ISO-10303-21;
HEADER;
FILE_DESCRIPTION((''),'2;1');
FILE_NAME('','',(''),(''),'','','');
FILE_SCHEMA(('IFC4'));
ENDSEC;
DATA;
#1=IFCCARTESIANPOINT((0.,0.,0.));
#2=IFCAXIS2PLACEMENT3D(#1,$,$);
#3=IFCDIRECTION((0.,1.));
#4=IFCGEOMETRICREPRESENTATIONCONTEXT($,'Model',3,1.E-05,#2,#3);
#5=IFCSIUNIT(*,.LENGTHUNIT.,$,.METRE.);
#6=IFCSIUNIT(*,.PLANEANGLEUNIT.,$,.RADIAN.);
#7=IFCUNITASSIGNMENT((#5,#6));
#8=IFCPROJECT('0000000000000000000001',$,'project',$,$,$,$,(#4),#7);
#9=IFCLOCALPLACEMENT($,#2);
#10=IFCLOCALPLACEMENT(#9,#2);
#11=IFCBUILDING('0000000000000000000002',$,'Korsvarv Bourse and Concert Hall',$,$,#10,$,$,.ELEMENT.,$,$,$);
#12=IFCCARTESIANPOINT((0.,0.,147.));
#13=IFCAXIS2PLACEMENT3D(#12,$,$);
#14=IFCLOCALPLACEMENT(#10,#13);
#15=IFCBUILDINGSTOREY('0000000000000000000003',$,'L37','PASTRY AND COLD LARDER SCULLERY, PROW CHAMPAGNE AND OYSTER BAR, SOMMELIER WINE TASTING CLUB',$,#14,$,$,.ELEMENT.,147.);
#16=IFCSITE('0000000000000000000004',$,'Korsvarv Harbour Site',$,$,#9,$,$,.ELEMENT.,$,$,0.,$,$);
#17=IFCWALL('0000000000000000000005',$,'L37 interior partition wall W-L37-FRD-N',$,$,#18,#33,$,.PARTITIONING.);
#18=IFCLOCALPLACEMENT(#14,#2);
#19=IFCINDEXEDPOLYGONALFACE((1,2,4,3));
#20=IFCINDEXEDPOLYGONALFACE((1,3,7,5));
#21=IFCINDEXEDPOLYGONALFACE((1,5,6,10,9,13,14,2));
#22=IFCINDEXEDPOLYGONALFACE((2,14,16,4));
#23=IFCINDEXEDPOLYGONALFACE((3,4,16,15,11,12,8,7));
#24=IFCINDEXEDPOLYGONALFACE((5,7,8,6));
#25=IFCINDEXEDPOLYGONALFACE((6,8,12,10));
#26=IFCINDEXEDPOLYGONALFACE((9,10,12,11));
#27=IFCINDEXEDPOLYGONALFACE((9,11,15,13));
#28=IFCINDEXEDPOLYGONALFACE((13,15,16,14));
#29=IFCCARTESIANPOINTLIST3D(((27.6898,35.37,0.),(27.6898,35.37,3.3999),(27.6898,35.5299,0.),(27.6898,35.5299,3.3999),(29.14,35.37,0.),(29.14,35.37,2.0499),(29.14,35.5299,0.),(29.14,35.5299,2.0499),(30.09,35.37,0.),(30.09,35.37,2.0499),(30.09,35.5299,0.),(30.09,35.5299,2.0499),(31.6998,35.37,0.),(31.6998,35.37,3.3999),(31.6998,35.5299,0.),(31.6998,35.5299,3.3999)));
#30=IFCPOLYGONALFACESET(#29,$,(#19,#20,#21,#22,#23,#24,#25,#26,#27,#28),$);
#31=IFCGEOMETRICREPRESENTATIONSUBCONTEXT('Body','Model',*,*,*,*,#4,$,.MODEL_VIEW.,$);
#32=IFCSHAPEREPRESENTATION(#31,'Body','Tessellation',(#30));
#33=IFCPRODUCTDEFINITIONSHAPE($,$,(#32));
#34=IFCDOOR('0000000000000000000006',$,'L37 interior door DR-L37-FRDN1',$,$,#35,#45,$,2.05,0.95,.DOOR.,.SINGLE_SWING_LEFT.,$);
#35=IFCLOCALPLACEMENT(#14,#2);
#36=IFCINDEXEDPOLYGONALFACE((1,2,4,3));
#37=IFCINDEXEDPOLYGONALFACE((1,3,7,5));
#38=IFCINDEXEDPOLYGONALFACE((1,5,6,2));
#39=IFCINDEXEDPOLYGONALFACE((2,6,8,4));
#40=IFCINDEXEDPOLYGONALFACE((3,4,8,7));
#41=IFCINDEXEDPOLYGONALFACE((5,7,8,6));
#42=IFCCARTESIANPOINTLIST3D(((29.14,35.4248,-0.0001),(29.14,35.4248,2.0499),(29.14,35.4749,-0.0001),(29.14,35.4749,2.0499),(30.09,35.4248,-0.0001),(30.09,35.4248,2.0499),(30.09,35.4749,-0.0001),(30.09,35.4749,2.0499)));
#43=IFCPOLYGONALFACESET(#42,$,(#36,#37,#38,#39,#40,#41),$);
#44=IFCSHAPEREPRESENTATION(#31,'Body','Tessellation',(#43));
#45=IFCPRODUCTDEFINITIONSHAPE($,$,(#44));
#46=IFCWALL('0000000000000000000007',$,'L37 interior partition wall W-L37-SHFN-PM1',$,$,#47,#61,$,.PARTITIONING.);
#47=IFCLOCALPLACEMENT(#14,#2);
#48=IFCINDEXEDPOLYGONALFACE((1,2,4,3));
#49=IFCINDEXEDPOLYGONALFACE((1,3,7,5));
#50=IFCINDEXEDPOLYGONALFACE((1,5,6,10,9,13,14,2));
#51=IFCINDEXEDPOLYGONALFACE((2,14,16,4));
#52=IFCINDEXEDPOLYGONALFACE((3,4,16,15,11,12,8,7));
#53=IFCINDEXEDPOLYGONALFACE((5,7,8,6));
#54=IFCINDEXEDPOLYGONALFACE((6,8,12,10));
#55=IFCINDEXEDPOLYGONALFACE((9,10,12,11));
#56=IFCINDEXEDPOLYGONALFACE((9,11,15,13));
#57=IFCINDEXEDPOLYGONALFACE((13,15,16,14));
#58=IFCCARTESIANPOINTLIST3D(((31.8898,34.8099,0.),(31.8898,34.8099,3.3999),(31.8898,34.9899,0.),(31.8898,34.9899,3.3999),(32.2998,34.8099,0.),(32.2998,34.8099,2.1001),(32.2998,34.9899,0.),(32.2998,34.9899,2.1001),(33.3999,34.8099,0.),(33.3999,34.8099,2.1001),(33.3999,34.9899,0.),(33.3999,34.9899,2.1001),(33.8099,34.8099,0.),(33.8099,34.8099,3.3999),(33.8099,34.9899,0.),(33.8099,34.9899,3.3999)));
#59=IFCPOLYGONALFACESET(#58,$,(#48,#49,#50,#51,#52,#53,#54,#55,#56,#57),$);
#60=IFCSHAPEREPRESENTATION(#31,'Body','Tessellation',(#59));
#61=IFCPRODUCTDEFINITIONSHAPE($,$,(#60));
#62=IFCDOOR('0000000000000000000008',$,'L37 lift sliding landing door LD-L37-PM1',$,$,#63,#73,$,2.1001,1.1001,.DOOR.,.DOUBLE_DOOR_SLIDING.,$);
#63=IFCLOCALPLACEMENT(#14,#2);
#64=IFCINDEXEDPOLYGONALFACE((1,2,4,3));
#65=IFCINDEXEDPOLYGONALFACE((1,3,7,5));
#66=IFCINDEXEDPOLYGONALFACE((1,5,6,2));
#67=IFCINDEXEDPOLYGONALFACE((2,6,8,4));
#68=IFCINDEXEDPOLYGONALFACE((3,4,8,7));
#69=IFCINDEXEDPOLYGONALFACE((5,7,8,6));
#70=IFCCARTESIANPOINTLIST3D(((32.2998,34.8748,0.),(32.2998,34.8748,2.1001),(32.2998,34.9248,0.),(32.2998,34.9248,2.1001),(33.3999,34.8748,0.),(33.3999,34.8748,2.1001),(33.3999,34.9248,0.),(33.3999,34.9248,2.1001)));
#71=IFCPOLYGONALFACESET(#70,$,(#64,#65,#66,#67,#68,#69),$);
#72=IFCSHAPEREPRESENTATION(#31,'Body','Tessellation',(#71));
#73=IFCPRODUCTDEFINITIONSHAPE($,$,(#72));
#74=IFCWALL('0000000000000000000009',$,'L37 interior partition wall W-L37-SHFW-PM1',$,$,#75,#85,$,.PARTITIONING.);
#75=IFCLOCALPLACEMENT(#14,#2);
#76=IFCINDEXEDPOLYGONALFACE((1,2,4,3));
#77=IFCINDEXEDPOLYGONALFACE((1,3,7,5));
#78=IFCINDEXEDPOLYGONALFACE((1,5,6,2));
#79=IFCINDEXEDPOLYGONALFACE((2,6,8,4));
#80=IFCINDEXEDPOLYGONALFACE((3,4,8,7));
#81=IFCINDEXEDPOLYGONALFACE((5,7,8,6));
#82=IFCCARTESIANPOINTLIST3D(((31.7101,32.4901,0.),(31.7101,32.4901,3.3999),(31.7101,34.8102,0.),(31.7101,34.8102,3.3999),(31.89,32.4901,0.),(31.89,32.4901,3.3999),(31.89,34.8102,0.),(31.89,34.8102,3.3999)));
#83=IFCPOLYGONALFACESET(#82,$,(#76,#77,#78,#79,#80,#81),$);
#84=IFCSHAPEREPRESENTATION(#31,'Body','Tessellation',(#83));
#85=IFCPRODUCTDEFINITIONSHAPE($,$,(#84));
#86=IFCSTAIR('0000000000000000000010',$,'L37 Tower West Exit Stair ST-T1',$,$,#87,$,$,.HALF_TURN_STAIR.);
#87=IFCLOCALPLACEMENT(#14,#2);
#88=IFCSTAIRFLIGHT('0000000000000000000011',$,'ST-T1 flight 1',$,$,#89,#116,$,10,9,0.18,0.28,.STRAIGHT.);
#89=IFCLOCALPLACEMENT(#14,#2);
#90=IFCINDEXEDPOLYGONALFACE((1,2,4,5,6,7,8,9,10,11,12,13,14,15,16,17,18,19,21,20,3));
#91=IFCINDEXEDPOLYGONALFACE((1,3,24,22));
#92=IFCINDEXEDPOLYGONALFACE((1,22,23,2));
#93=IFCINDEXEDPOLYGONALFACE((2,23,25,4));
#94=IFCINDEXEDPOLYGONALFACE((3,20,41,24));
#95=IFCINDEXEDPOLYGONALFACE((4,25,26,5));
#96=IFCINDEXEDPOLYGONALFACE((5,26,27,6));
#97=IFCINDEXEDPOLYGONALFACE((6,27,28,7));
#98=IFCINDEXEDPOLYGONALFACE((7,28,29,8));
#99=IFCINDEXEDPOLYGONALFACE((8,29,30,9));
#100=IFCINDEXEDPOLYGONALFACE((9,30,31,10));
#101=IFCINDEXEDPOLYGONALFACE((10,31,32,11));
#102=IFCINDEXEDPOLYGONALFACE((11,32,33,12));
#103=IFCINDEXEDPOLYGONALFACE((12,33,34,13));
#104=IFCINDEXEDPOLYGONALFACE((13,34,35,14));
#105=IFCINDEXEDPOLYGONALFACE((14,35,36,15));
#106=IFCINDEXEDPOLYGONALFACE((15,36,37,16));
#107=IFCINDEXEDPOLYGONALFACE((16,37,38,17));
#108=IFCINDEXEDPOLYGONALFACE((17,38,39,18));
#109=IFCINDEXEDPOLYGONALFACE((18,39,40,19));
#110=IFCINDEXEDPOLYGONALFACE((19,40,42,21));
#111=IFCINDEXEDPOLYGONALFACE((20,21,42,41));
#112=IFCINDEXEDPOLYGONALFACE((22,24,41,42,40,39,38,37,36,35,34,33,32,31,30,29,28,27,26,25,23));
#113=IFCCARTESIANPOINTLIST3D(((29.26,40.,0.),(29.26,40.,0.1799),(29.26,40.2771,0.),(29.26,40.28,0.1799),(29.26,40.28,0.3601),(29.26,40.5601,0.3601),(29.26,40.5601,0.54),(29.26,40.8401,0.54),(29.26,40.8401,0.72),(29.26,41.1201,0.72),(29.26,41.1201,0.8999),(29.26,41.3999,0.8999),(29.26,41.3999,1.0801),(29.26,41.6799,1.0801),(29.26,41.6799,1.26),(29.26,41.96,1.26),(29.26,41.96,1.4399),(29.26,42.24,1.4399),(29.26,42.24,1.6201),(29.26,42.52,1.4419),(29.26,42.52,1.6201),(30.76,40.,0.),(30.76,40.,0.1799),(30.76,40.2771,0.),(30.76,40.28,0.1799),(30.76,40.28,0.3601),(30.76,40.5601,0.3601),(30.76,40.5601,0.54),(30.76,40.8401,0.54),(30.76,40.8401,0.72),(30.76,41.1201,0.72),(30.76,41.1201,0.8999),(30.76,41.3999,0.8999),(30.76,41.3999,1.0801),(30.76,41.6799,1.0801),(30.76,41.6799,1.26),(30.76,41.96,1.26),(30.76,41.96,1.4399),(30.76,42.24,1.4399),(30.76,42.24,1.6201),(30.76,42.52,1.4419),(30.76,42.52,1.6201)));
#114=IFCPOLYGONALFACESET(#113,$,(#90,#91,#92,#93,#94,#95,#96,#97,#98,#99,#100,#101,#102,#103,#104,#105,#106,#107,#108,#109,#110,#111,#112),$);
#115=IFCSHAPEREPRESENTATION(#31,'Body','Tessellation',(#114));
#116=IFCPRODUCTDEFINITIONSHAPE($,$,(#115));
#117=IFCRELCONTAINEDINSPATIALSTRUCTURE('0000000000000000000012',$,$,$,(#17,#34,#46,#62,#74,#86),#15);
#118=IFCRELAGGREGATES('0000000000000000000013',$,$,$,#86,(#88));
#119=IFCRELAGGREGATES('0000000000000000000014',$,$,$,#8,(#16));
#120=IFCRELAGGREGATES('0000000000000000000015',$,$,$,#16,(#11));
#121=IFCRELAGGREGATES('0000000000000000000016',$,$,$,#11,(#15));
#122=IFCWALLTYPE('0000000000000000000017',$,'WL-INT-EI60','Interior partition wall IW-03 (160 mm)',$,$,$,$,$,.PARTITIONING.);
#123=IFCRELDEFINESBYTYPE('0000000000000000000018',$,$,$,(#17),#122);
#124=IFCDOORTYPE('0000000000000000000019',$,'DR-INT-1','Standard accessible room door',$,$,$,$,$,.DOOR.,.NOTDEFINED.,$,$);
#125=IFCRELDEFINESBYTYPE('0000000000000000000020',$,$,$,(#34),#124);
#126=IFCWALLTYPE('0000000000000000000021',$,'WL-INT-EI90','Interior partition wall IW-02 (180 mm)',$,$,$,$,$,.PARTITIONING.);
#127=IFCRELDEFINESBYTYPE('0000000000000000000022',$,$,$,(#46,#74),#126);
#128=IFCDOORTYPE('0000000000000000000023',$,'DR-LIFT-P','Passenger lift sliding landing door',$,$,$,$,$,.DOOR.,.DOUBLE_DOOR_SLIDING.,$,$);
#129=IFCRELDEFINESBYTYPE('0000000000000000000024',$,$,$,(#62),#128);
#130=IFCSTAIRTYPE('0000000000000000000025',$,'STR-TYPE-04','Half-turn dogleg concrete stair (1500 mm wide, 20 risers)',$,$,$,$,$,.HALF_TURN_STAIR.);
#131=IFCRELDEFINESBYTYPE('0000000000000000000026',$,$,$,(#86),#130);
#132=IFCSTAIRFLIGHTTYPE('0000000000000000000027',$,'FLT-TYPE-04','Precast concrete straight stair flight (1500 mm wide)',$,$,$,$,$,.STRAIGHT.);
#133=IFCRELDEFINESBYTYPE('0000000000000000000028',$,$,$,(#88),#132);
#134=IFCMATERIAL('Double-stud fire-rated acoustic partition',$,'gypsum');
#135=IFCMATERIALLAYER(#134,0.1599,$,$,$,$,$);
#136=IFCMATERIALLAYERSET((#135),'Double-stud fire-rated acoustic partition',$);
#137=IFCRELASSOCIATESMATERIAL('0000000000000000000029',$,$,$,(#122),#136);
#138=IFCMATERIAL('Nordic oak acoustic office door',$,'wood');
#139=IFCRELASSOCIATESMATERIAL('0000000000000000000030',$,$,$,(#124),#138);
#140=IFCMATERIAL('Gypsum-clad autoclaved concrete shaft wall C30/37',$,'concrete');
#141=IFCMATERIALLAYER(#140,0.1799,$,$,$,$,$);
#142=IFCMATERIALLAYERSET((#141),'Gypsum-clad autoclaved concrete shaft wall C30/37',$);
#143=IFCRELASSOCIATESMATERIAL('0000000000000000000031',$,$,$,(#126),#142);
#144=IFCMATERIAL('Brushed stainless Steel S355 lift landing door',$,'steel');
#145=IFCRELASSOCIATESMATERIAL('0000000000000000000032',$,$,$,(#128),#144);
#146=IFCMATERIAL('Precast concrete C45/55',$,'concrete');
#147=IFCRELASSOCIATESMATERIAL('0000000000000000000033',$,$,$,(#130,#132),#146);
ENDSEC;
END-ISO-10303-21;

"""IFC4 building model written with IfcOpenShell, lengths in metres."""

from ifc_helpers import new_model, si_unit, direction, frame, frame_2d, origin, place, context, subcontext, project, spatial, polyline, rectangle, outline, extrude, material, layer, layer_set, type_object, element, fill, aggregate, save


model = new_model("IFC4")

# Units and contexts
model_context = context("Model", 3, precision=1e-05, world=origin(), true_north=direction((0.0, 1.0)))
body_context = subcontext(model_context, "Body", "Model", "MODEL_VIEW")
ifc_project = project(units=[si_unit("LENGTHUNIT", "METRE"), si_unit("PLANEANGLEUNIT", "RADIAN")], contexts=[model_context])

# Site, building, storey
site_placement = place(None, origin())
site = spatial("IfcSite", under=ifc_project, at=site_placement, Name="Korsvarv Harbour Site", CompositionType="ELEMENT", RefElevation=0.0)
building_placement = place(site_placement, origin())
building = spatial("IfcBuilding", under=site, at=building_placement, Name="Korsvarv Bourse and Concert Hall", CompositionType="ELEMENT")
storey_placement = place(building_placement, frame((0.0, 0.0, 147.0)))
storey = spatial("IfcBuildingStorey", under=building, at=storey_placement, Name="L37", Description="PASTRY AND COLD LARDER SCULLERY, PROW CHAMPAGNE AND OYSTER BAR, SOMMELIER WINE TASTING CLUB", CompositionType="ELEMENT", Elevation=147.0)

# Shared definitions
ifc_material_1 = material(Name="Double-stud fire-rated acoustic partition", Category="gypsum")
ifc_layer_1 = layer(ifc_material_1, 0.1599)
ifc_layer_set_1 = layer_set([ifc_layer_1], Name="Double-stud fire-rated acoustic partition")
wall_type_1 = type_object("IfcWallType", Name="WL-INT-EI60", Description="Interior partition wall IW-03 (160 mm)", PredefinedType="PARTITIONING", material=ifc_layer_set_1)

# Walls, openings, doors
wall_1_placement = place(storey_placement, frame((27.6899, 35.45, 0.0), z_axis=(0.0, 0.0, 1.0), x_axis=(1.0, 0.0, 0.0)))
wall_1 = element("IfcWall", 1, at=wall_1_placement, inside=storey, type_object=wall_type_1, Name="L37 interior partition wall W-L37-FRD-N", PredefinedType="PARTITIONING", context=body_context, shape_type="SweptSolid", body=[
    extrude(rectangle(XDim=4.01, YDim=0.1599, at=frame_2d((2.0049, 0.0))), origin(), (0.0, 0.0, 1.0), 3.3999),
])
opening_1_placement = place(wall_1_placement, frame((1.45, 0.0, 0.0)))
opening_1 = element("IfcOpeningElement", 2, at=opening_1_placement, cuts=wall_1, PredefinedType="OPENING", context=body_context, shape_type="SweptSolid", body=[
    extrude(rectangle(XDim=0.95, YDim=2.05, at=frame_2d((0.4751, 1.0249))), frame((0.0, 0.0898, 0.0), z_axis=(0.0, -1.0, 0.0), x_axis=(1.0, 0.0, 0.0)), (0.0, 0.0, 1.0), 0.1799),
])
ifc_material_2 = material(Name="Nordic oak acoustic office door", Category="wood")
door_type_1 = type_object("IfcDoorType", Name="DR-INT-1", Description="Standard accessible room door", OperationType="NOTDEFINED", PredefinedType="DOOR", material=ifc_material_2)
door_1_placement = place(opening_1_placement, origin())
door_1 = element("IfcDoor", 3, at=door_1_placement, inside=storey, type_object=door_type_1, Name="L37 interior door DR-L37-FRDN1", OperationType="SINGLE_SWING_LEFT", OverallHeight=2.05, OverallWidth=0.95, PredefinedType="DOOR", context=body_context, shape_type="SweptSolid", body=[
    extrude(rectangle(XDim=0.95, YDim=2.05, at=frame_2d((0.4751, 1.0249))), frame((0.0, 0.0249, 0.0), z_axis=(0.0, -1.0, 0.0), x_axis=(1.0, 0.0, 0.0)), (0.0, 0.0, 1.0), 0.05),
])
fill(opening_1, door_1)
ifc_material_3 = material(Name="Gypsum-clad autoclaved concrete shaft wall C30/37", Category="concrete")
ifc_layer_2 = layer(ifc_material_3, 0.1799)
ifc_layer_set_2 = layer_set([ifc_layer_2], Name="Gypsum-clad autoclaved concrete shaft wall C30/37")
wall_type_2 = type_object("IfcWallType", Name="WL-INT-EI90", Description="Interior partition wall IW-02 (180 mm)", PredefinedType="PARTITIONING", material=ifc_layer_set_2)
wall_2_placement = place(storey_placement, frame((31.8899, 34.8999, 0.0), z_axis=(0.0, 0.0, 1.0), x_axis=(1.0, 0.0, 0.0)))
wall_2 = element("IfcWall", 4, at=wall_2_placement, inside=storey, type_object=wall_type_2, Name="L37 interior partition wall W-L37-SHFN-PM1", PredefinedType="PARTITIONING", context=body_context, shape_type="SweptSolid", body=[
    extrude(rectangle(XDim=1.9202, YDim=0.1799, at=frame_2d((0.96, 0.0))), origin(), (0.0, 0.0, 1.0), 3.3999),
])
opening_2_placement = place(wall_2_placement, frame((0.4099, 0.0, 0.0)))
opening_2 = element("IfcOpeningElement", 5, at=opening_2_placement, cuts=wall_2, PredefinedType="OPENING", context=body_context, shape_type="SweptSolid", body=[
    extrude(rectangle(XDim=1.1001, YDim=2.1001, at=frame_2d((0.55, 1.05))), frame((0.0, 0.1001, 0.0), z_axis=(0.0, -1.0, 0.0), x_axis=(1.0, 0.0, 0.0)), (0.0, 0.0, 1.0), 0.2),
])
ifc_material_4 = material(Name="Brushed stainless Steel S355 lift landing door", Category="steel")
door_type_2 = type_object("IfcDoorType", Name="DR-LIFT-P", Description="Passenger lift sliding landing door", OperationType="DOUBLE_DOOR_SLIDING", PredefinedType="DOOR", material=ifc_material_4)
door_2_placement = place(opening_2_placement, origin())
door_2 = element("IfcDoor", 6, at=door_2_placement, inside=storey, type_object=door_type_2, Name="L37 lift sliding landing door LD-L37-PM1", OperationType="DOUBLE_DOOR_SLIDING", OverallHeight=2.1001, OverallWidth=1.1001, PredefinedType="DOOR", context=body_context, shape_type="SweptSolid", body=[
    extrude(rectangle(XDim=1.1001, YDim=2.1001, at=frame_2d((0.55, 1.05))), frame((0.0, 0.0249, 0.0), z_axis=(0.0, -1.0, 0.0), x_axis=(1.0, 0.0, 0.0)), (0.0, 0.0, 1.0), 0.05),
])
fill(opening_2, door_2)

# Wall
wall_3_placement = place(storey_placement, frame((31.8, 32.49, 0.0), z_axis=(0.0, 0.0, 1.0), x_axis=(0.0, 1.0, 0.0)))
element("IfcWall", 7, at=wall_3_placement, inside=storey, type_object=wall_type_2, Name="L37 interior partition wall W-L37-SHFW-PM1", PredefinedType="PARTITIONING", context=body_context, shape_type="SweptSolid", body=[
    extrude(rectangle(XDim=2.3201, YDim=0.1799, at=frame_2d((1.1602, 0.0))), origin(), (0.0, 0.0, 1.0), 3.3999),
])

# Stair, stair flight
ifc_material_5 = material(Name="Precast concrete C45/55", Category="concrete")
stair_type = type_object("IfcStairType", Name="STR-TYPE-04", Description="Half-turn dogleg concrete stair (1500 mm wide, 20 risers)", PredefinedType="HALF_TURN_STAIR", material=ifc_material_5)
stair_placement = place(storey_placement, origin())
stair = element("IfcStair", 8, at=stair_placement, inside=storey, type_object=stair_type, Name="L37 Tower West Exit Stair ST-T1", PredefinedType="HALF_TURN_STAIR")
stair_flight_type = type_object("IfcStairFlightType", Name="FLT-TYPE-04", Description="Precast concrete straight stair flight (1500 mm wide)", PredefinedType="STRAIGHT", material=ifc_material_5)
stair_flight_placement = place(storey_placement, frame((30.01, 40.0, 0.0), z_axis=(0.0, 0.0, 1.0), x_axis=(0.0, 1.0, 0.0)))
stair_flight = element("IfcStairFlight", 9, at=stair_flight_placement, type_object=stair_flight_type, Name="ST-T1 flight 1", NumberOfRisers=10, NumberOfTreads=9, PredefinedType="STRAIGHT", RiserHeight=0.18, TreadLength=0.28, context=body_context, shape_type="SweptSolid", body=[
    extrude(outline(polyline([(0.0, 0.0), (0.0, 0.1799), (0.28, 0.1799), (0.28, 0.3601), (0.5601, 0.3601), (0.5601, 0.54), (0.8401, 0.54), (0.8401, 0.72), (1.1201, 0.72), (1.1201, 0.8999), (1.3999, 0.8999), (1.3999, 1.0801), (1.6799, 1.0801), (1.6799, 1.26), (1.96, 1.26), (1.96, 1.4399), (2.24, 1.4399), (2.24, 1.6201), (2.52, 1.6201), (2.52, 1.8), (2.52, 1.4419), (0.2771, 0.0), (0.0, 0.0)])), frame((0.0, 0.75, 0.0), z_axis=(0.0, -1.0, 0.0), x_axis=(1.0, 0.0, 0.0)), (0.0, 0.0, 1.0), 1.5),
])
aggregate(stair, [stair_flight])

save(model, "model.ifc")
